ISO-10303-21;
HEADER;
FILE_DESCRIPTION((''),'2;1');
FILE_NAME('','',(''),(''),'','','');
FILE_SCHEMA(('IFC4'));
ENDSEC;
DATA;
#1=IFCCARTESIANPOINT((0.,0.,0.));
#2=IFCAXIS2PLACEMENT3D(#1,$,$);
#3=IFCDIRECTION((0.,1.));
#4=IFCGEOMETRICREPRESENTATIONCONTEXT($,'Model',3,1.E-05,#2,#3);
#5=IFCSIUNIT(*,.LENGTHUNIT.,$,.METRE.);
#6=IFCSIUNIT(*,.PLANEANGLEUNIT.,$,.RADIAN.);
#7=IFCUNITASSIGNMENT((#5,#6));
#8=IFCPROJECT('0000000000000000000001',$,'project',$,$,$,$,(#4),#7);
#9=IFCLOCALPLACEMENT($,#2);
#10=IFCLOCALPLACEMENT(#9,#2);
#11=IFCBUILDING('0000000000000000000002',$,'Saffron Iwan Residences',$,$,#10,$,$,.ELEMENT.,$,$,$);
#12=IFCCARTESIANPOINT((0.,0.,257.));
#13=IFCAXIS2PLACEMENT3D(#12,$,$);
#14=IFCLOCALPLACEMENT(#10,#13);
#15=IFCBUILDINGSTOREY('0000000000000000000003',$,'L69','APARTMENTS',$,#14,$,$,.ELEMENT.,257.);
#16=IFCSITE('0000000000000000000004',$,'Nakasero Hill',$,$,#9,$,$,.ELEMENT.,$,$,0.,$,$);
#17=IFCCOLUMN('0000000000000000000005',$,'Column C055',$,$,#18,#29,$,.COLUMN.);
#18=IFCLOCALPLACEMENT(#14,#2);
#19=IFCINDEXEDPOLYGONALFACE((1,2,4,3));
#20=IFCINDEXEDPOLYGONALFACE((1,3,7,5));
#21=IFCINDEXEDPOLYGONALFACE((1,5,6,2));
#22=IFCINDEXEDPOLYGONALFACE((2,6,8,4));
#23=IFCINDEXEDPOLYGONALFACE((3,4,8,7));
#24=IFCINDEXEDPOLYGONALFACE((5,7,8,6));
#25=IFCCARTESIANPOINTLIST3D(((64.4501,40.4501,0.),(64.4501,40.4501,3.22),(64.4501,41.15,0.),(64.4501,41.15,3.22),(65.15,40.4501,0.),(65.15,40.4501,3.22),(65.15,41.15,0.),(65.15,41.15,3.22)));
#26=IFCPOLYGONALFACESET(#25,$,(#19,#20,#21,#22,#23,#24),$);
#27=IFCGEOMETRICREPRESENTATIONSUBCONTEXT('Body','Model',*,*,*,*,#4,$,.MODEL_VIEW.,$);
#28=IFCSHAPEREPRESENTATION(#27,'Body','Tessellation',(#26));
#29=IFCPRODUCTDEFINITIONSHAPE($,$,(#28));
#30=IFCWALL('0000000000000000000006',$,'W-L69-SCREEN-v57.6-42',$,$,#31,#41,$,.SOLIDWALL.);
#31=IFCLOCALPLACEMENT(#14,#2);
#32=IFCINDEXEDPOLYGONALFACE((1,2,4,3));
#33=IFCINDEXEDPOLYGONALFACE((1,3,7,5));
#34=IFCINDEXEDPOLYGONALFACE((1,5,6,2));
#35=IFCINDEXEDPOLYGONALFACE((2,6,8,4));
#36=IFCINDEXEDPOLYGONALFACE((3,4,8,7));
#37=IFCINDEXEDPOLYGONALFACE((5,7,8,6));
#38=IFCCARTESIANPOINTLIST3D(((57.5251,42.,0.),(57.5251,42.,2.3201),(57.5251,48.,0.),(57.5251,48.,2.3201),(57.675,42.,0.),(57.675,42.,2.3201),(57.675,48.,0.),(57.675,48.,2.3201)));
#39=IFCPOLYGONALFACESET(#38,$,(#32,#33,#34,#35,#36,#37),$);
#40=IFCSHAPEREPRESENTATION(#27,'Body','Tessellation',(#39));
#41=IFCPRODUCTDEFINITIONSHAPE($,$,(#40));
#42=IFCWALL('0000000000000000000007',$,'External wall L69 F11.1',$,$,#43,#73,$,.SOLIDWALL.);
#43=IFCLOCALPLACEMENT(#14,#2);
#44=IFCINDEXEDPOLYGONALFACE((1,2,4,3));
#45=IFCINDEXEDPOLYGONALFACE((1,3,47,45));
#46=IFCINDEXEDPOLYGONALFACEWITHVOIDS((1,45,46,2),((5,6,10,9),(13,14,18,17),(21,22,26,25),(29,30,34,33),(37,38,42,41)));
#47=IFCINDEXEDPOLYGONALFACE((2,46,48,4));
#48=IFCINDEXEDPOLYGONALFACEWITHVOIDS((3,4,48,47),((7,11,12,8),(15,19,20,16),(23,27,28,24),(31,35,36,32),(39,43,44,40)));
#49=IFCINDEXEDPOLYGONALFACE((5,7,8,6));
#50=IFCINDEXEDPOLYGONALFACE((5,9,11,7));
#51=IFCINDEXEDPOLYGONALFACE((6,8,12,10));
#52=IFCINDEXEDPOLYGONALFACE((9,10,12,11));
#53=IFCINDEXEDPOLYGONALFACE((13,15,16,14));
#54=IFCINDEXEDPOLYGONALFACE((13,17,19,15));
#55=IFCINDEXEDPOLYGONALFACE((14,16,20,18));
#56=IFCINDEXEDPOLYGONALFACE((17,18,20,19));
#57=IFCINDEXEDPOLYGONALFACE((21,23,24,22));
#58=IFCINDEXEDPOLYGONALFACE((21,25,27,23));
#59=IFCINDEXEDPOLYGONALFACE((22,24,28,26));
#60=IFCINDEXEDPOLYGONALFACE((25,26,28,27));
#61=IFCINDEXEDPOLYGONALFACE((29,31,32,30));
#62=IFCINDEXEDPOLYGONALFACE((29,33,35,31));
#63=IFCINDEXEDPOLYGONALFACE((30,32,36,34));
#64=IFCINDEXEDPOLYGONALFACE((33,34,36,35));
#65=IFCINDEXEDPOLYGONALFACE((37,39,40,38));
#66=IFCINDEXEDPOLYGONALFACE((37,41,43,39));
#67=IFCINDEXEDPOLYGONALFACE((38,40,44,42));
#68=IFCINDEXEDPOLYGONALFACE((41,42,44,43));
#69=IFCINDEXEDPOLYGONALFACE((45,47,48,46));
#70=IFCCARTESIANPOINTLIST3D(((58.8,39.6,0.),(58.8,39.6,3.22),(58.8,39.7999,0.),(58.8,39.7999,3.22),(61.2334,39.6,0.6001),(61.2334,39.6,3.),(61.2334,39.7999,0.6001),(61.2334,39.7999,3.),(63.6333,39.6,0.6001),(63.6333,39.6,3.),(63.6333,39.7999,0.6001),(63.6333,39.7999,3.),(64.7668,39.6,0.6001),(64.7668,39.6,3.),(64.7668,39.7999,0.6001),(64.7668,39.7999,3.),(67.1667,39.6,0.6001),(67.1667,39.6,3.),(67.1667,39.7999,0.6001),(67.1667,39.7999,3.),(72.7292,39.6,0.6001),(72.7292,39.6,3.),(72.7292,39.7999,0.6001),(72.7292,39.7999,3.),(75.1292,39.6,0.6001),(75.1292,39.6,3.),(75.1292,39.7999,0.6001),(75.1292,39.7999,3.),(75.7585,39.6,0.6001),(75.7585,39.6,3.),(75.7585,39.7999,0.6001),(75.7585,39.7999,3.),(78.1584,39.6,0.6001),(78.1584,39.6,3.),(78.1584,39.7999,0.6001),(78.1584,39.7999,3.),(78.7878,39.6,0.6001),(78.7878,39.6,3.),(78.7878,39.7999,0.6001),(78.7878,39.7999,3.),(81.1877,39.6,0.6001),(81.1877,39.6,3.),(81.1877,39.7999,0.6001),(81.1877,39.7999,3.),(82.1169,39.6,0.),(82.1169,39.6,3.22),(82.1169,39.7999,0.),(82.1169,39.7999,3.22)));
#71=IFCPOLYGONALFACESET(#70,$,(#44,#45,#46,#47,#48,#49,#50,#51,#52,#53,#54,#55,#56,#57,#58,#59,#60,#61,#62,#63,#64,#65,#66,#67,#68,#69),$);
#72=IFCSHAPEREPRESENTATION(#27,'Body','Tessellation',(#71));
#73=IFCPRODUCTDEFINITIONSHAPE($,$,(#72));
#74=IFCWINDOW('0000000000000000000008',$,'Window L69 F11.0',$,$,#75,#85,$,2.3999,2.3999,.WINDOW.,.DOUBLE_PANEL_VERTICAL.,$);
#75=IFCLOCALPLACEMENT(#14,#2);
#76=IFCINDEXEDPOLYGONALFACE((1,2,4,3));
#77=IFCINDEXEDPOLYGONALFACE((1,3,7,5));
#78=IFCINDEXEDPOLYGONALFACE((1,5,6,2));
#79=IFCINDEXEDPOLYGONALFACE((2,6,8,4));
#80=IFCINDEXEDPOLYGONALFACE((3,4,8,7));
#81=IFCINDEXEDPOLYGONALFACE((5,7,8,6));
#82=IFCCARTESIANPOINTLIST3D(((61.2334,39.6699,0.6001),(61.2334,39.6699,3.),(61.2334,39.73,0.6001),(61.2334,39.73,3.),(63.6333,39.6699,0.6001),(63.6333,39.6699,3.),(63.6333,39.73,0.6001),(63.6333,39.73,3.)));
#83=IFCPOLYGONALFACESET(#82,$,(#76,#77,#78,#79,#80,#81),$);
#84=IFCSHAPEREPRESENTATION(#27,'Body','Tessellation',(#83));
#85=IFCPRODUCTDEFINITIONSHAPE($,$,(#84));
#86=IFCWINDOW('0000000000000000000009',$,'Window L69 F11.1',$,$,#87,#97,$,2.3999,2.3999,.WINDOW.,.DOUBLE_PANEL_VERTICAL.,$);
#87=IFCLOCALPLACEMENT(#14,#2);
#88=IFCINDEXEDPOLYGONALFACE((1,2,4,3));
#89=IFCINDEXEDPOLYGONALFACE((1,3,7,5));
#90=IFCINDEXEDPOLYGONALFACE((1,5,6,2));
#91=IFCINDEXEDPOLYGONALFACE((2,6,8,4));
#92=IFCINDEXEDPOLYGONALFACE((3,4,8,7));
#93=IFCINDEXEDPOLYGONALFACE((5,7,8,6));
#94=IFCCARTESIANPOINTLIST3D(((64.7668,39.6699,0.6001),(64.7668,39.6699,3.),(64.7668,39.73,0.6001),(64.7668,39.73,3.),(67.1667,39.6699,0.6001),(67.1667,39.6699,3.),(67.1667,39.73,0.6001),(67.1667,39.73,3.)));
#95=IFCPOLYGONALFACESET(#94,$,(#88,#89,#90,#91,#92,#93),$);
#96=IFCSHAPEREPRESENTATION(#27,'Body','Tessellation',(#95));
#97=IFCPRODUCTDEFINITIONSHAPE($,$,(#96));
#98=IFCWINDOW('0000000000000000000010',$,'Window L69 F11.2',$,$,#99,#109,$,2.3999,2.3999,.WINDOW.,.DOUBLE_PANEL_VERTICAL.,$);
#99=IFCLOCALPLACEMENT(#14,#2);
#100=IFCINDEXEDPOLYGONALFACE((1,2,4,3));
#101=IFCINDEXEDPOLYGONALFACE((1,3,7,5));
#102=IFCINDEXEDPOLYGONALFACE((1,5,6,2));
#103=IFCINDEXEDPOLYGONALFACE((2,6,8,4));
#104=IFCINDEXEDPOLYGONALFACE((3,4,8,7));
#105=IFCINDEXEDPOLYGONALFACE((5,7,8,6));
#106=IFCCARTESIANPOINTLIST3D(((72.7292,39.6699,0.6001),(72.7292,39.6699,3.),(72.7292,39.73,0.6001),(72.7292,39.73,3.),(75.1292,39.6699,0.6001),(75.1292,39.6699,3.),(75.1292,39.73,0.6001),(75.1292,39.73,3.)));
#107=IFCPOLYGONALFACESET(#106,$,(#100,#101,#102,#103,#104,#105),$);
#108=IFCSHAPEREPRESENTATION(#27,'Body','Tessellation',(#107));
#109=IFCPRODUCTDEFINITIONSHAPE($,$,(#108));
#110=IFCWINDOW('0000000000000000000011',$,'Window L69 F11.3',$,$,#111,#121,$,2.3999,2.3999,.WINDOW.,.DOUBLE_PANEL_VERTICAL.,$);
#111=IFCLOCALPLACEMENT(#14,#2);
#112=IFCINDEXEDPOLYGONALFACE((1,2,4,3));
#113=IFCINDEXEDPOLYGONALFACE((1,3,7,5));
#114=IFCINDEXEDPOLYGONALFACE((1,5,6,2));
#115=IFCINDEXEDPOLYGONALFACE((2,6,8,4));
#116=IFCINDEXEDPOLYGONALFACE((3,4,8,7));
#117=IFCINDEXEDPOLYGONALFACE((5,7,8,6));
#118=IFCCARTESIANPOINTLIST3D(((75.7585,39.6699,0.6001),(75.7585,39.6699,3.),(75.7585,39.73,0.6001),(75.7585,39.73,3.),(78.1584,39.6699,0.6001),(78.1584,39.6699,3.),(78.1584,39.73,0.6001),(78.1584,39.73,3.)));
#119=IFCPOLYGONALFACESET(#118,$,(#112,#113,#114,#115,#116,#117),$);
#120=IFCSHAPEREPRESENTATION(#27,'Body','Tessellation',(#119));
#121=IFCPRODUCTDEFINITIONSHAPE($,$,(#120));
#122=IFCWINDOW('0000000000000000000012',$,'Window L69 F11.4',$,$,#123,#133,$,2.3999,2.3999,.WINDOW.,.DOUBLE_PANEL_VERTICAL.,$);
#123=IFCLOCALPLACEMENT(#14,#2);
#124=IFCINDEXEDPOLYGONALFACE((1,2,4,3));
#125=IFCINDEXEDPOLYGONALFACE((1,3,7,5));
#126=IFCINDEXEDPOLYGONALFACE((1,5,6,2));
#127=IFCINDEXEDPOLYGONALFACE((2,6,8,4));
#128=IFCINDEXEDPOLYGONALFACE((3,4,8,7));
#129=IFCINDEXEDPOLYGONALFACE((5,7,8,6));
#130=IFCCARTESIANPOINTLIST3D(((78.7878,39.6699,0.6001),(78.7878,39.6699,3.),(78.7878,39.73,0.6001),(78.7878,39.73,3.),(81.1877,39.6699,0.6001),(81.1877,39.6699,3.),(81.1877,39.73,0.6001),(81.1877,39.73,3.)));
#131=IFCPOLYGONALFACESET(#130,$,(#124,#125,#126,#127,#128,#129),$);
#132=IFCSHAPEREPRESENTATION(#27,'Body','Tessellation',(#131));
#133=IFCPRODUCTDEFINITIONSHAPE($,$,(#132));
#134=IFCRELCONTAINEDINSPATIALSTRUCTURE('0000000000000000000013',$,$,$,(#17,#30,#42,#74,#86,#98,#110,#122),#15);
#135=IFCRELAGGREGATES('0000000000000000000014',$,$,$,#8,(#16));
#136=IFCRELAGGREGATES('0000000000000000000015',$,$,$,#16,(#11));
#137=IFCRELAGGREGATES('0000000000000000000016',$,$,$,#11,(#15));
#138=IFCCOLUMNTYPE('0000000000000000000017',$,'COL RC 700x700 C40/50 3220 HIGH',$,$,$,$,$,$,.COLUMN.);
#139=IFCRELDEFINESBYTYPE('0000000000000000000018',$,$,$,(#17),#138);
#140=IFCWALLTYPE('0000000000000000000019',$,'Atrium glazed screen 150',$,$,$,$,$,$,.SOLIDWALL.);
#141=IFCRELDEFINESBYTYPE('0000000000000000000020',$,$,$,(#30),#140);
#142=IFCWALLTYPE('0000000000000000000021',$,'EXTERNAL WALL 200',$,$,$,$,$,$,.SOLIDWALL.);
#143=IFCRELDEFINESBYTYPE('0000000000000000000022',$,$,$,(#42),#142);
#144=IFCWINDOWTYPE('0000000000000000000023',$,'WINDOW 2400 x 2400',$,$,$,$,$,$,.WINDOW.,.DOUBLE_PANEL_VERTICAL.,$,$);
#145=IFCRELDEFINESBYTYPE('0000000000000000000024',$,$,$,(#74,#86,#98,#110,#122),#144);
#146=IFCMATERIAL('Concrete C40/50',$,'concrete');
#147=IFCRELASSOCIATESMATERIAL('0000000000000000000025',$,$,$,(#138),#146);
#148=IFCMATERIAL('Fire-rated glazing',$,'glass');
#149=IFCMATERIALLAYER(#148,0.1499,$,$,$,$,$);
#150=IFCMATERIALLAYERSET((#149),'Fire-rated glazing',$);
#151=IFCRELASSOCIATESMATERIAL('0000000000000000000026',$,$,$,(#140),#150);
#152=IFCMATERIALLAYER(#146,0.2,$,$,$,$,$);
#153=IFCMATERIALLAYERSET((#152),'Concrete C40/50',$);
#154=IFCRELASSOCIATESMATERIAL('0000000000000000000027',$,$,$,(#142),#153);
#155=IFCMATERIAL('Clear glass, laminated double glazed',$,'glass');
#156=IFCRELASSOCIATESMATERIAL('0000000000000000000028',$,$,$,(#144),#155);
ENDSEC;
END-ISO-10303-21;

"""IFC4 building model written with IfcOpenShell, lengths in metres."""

from ifc_helpers import new_model, si_unit, direction, frame, frame_2d, origin, origin_2d, place, context, subcontext, project, spatial, rectangle, extrude, source, transform, mapped, material, layer, layer_set, material_profile, profile_set, type_object, element, fill, save


model = new_model("IFC4")

# Units and contexts
model_context = context("Model", 3, precision=1e-05, world=origin(), true_north=direction((0.0, 1.0)))
body_context = subcontext(model_context, "Body", "Model", "MODEL_VIEW")
ifc_project = project(units=[si_unit("LENGTHUNIT", "METRE"), si_unit("PLANEANGLEUNIT", "RADIAN")], contexts=[model_context])

# Site, building, storey
site_placement = place(None, origin())
site = spatial("IfcSite", under=ifc_project, at=site_placement, Name="Nakasero Hill", CompositionType="ELEMENT", RefElevation=0.0)
building_placement = place(site_placement, origin())
building = spatial("IfcBuilding", under=site, at=building_placement, Name="Saffron Iwan Residences", CompositionType="ELEMENT")
storey_placement = place(building_placement, frame((0.0, 0.0, 257.0)))
storey = spatial("IfcBuildingStorey", under=building, at=storey_placement, Name="L69", Description="APARTMENTS", CompositionType="ELEMENT", Elevation=257.0)

# Column
ifc_material_1 = material(Name="Concrete C40/50", Category="concrete")
ifc_material_profile = material_profile(ifc_material_1, rectangle(XDim=0.7, YDim=0.7, at=origin_2d()), Name="RC 700x700")
ifc_profile_set = profile_set([ifc_material_profile], Name="Concrete C40/50")
column_type = type_object("IfcColumnType", Name="COL RC 700x700 C40/50 3220 HIGH", PredefinedType="COLUMN", material=ifc_profile_set)
shared_shape = source(origin(), body_context, "Body", "SweptSolid", [
    extrude(rectangle(XDim=0.7, YDim=0.7, at=origin_2d()), origin(), (0.0, 0.0, 1.0), 3.22),
])
column_placement = place(storey_placement, frame((64.8, 40.8, 0.0), z_axis=(0.0, 0.0, 1.0), x_axis=(1.0, 0.0, 0.0)))
element("IfcColumn", 1, at=column_placement, inside=storey, type_object=column_type, Name="Column C055", PredefinedType="COLUMN", context=body_context, shape_type="MappedRepresentation", body=[
    mapped(shared_shape, transform((0.0, 0.0, 0.0))),
])

# Wall
ifc_material_2 = material(Name="Fire-rated glazing", Category="glass")
ifc_layer_1 = layer(ifc_material_2, 0.1499)
ifc_layer_set_1 = layer_set([ifc_layer_1], Name="Fire-rated glazing")
wall_type_1 = type_object("IfcWallType", Name="Atrium glazed screen 150", PredefinedType="SOLIDWALL", material=ifc_layer_set_1)
wall_1_placement = place(storey_placement, frame((57.6001, 42.0, 0.0), z_axis=(0.0, 0.0, 1.0), x_axis=(0.0, 1.0, 0.0)))
element("IfcWall", 2, at=wall_1_placement, inside=storey, type_object=wall_type_1, Name="W-L69-SCREEN-v57.6-42", PredefinedType="SOLIDWALL", context=body_context, shape_type="SweptSolid", body=[
    extrude(rectangle(XDim=6.0, YDim=0.1499, at=frame_2d((3.0, 0.0))), origin(), (0.0, 0.0, 1.0), 2.3201),
])

# Wall, openings, windows
ifc_layer_2 = layer(ifc_material_1, 0.2)
ifc_layer_set_2 = layer_set([ifc_layer_2], Name="Concrete C40/50")
wall_type_2 = type_object("IfcWallType", Name="EXTERNAL WALL 200", PredefinedType="SOLIDWALL", material=ifc_layer_set_2)
wall_2_placement = place(storey_placement, frame((58.8, 39.7, 0.0), z_axis=(0.0, 0.0, 1.0), x_axis=(1.0, 0.0, 0.0)))
wall_2 = element("IfcWall", 3, at=wall_2_placement, inside=storey, type_object=wall_type_2, Name="External wall L69 F11.1", PredefinedType="SOLIDWALL", context=body_context, shape_type="SweptSolid", body=[
    extrude(rectangle(XDim=23.3169, YDim=0.2, at=frame_2d((11.6584, 0.0))), origin(), (0.0, 0.0, 1.0), 3.22),
])
opening_1_placement = place(wall_2_placement, frame((2.4333, 0.0, 0.6001)))
opening_1 = element("IfcOpeningElement", 4, at=opening_1_placement, cuts=wall_2, PredefinedType="OPENING", context=body_context, shape_type="SweptSolid", body=[
    extrude(rectangle(XDim=2.3999, YDim=2.3999, at=frame_2d((1.2, 1.2))), frame((0.0, 0.1099, 0.0), z_axis=(0.0, -1.0, 0.0), x_axis=(1.0, 0.0, 0.0)), (0.0, 0.0, 1.0), 0.22),
])
opening_2_placement = place(wall_2_placement, frame((5.9668, 0.0, 0.6001)))
opening_2 = element("IfcOpeningElement", 5, at=opening_2_placement, cuts=wall_2, PredefinedType="OPENING", context=body_context, shape_type="SweptSolid", body=[
    extrude(rectangle(XDim=2.3999, YDim=2.3999, at=frame_2d((1.2, 1.2))), frame((0.0, 0.1099, 0.0), z_axis=(0.0, -1.0, 0.0), x_axis=(1.0, 0.0, 0.0)), (0.0, 0.0, 1.0), 0.22),
])
opening_3_placement = place(wall_2_placement, frame((13.9292, 0.0, 0.6001)))
opening_3 = element("IfcOpeningElement", 6, at=opening_3_placement, cuts=wall_2, PredefinedType="OPENING", context=body_context, shape_type="SweptSolid", body=[
    extrude(rectangle(XDim=2.3999, YDim=2.3999, at=frame_2d((1.2, 1.2))), frame((0.0, 0.1099, 0.0), z_axis=(0.0, -1.0, 0.0), x_axis=(1.0, 0.0, 0.0)), (0.0, 0.0, 1.0), 0.22),
])
opening_4_placement = place(wall_2_placement, frame((16.9585, 0.0, 0.6001)))
opening_4 = element("IfcOpeningElement", 7, at=opening_4_placement, cuts=wall_2, PredefinedType="OPENING", context=body_context, shape_type="SweptSolid", body=[
    extrude(rectangle(XDim=2.3999, YDim=2.3999, at=frame_2d((1.2, 1.2))), frame((0.0, 0.1099, 0.0), z_axis=(0.0, -1.0, 0.0), x_axis=(1.0, 0.0, 0.0)), (0.0, 0.0, 1.0), 0.22),
])
opening_5_placement = place(wall_2_placement, frame((19.9878, 0.0, 0.6001)))
opening_5 = element("IfcOpeningElement", 8, at=opening_5_placement, cuts=wall_2, PredefinedType="OPENING", context=body_context, shape_type="SweptSolid", body=[
    extrude(rectangle(XDim=2.3999, YDim=2.3999, at=frame_2d((1.2, 1.2))), frame((0.0, 0.1099, 0.0), z_axis=(0.0, -1.0, 0.0), x_axis=(1.0, 0.0, 0.0)), (0.0, 0.0, 1.0), 0.22),
])
ifc_material_3 = material(Name="Clear glass, laminated double glazed", Category="glass")
window_type = type_object("IfcWindowType", Name="WINDOW 2400 x 2400", PartitioningType="DOUBLE_PANEL_VERTICAL", PredefinedType="WINDOW", material=ifc_material_3)
window_1_placement = place(opening_1_placement, origin())
window_1 = element("IfcWindow", 9, at=window_1_placement, inside=storey, type_object=window_type, Name="Window L69 F11.0", OverallHeight=2.3999, OverallWidth=2.3999, PartitioningType="DOUBLE_PANEL_VERTICAL", PredefinedType="WINDOW", context=body_context, shape_type="SweptSolid", body=[
    extrude(rectangle(XDim=2.3999, YDim=2.3999, at=frame_2d((1.2, 1.2))), frame((0.0, 0.03, 0.0), z_axis=(0.0, -1.0, 0.0), x_axis=(1.0, 0.0, 0.0)), (0.0, 0.0, 1.0), 0.0601),
])
fill(opening_1, window_1)
window_2_placement = place(opening_2_placement, origin())
window_2 = element("IfcWindow", 10, at=window_2_placement, inside=storey, type_object=window_type, Name="Window L69 F11.1", OverallHeight=2.3999, OverallWidth=2.3999, PartitioningType="DOUBLE_PANEL_VERTICAL", PredefinedType="WINDOW", context=body_context, shape_type="SweptSolid", body=[
    extrude(rectangle(XDim=2.3999, YDim=2.3999, at=frame_2d((1.2, 1.2))), frame((0.0, 0.03, 0.0), z_axis=(0.0, -1.0, 0.0), x_axis=(1.0, 0.0, 0.0)), (0.0, 0.0, 1.0), 0.0601),
])
fill(opening_2, window_2)
window_3_placement = place(opening_3_placement, origin())
window_3 = element("IfcWindow", 11, at=window_3_placement, inside=storey, type_object=window_type, Name="Window L69 F11.2", OverallHeight=2.3999, OverallWidth=2.3999, PartitioningType="DOUBLE_PANEL_VERTICAL", PredefinedType="WINDOW", context=body_context, shape_type="SweptSolid", body=[
    extrude(rectangle(XDim=2.3999, YDim=2.3999, at=frame_2d((1.2, 1.2))), frame((0.0, 0.03, 0.0), z_axis=(0.0, -1.0, 0.0), x_axis=(1.0, 0.0, 0.0)), (0.0, 0.0, 1.0), 0.0601),
])
fill(opening_3, window_3)
window_4_placement = place(opening_4_placement, origin())
window_4 = element("IfcWindow", 12, at=window_4_placement, inside=storey, type_object=window_type, Name="Window L69 F11.3", OverallHeight=2.3999, OverallWidth=2.3999, PartitioningType="DOUBLE_PANEL_VERTICAL", PredefinedType="WINDOW", context=body_context, shape_type="SweptSolid", body=[
    extrude(rectangle(XDim=2.3999, YDim=2.3999, at=frame_2d((1.2, 1.2))), frame((0.0, 0.03, 0.0), z_axis=(0.0, -1.0, 0.0), x_axis=(1.0, 0.0, 0.0)), (0.0, 0.0, 1.0), 0.0601),
])
fill(opening_4, window_4)
window_5_placement = place(opening_5_placement, origin())
window_5 = element("IfcWindow", 13, at=window_5_placement, inside=storey, type_object=window_type, Name="Window L69 F11.4", OverallHeight=2.3999, OverallWidth=2.3999, PartitioningType="DOUBLE_PANEL_VERTICAL", PredefinedType="WINDOW", context=body_context, shape_type="SweptSolid", body=[
    extrude(rectangle(XDim=2.3999, YDim=2.3999, at=frame_2d((1.2, 1.2))), frame((0.0, 0.03, 0.0), z_axis=(0.0, -1.0, 0.0), x_axis=(1.0, 0.0, 0.0)), (0.0, 0.0, 1.0), 0.0601),
])
fill(opening_5, window_5)

save(model, "model.ifc")
